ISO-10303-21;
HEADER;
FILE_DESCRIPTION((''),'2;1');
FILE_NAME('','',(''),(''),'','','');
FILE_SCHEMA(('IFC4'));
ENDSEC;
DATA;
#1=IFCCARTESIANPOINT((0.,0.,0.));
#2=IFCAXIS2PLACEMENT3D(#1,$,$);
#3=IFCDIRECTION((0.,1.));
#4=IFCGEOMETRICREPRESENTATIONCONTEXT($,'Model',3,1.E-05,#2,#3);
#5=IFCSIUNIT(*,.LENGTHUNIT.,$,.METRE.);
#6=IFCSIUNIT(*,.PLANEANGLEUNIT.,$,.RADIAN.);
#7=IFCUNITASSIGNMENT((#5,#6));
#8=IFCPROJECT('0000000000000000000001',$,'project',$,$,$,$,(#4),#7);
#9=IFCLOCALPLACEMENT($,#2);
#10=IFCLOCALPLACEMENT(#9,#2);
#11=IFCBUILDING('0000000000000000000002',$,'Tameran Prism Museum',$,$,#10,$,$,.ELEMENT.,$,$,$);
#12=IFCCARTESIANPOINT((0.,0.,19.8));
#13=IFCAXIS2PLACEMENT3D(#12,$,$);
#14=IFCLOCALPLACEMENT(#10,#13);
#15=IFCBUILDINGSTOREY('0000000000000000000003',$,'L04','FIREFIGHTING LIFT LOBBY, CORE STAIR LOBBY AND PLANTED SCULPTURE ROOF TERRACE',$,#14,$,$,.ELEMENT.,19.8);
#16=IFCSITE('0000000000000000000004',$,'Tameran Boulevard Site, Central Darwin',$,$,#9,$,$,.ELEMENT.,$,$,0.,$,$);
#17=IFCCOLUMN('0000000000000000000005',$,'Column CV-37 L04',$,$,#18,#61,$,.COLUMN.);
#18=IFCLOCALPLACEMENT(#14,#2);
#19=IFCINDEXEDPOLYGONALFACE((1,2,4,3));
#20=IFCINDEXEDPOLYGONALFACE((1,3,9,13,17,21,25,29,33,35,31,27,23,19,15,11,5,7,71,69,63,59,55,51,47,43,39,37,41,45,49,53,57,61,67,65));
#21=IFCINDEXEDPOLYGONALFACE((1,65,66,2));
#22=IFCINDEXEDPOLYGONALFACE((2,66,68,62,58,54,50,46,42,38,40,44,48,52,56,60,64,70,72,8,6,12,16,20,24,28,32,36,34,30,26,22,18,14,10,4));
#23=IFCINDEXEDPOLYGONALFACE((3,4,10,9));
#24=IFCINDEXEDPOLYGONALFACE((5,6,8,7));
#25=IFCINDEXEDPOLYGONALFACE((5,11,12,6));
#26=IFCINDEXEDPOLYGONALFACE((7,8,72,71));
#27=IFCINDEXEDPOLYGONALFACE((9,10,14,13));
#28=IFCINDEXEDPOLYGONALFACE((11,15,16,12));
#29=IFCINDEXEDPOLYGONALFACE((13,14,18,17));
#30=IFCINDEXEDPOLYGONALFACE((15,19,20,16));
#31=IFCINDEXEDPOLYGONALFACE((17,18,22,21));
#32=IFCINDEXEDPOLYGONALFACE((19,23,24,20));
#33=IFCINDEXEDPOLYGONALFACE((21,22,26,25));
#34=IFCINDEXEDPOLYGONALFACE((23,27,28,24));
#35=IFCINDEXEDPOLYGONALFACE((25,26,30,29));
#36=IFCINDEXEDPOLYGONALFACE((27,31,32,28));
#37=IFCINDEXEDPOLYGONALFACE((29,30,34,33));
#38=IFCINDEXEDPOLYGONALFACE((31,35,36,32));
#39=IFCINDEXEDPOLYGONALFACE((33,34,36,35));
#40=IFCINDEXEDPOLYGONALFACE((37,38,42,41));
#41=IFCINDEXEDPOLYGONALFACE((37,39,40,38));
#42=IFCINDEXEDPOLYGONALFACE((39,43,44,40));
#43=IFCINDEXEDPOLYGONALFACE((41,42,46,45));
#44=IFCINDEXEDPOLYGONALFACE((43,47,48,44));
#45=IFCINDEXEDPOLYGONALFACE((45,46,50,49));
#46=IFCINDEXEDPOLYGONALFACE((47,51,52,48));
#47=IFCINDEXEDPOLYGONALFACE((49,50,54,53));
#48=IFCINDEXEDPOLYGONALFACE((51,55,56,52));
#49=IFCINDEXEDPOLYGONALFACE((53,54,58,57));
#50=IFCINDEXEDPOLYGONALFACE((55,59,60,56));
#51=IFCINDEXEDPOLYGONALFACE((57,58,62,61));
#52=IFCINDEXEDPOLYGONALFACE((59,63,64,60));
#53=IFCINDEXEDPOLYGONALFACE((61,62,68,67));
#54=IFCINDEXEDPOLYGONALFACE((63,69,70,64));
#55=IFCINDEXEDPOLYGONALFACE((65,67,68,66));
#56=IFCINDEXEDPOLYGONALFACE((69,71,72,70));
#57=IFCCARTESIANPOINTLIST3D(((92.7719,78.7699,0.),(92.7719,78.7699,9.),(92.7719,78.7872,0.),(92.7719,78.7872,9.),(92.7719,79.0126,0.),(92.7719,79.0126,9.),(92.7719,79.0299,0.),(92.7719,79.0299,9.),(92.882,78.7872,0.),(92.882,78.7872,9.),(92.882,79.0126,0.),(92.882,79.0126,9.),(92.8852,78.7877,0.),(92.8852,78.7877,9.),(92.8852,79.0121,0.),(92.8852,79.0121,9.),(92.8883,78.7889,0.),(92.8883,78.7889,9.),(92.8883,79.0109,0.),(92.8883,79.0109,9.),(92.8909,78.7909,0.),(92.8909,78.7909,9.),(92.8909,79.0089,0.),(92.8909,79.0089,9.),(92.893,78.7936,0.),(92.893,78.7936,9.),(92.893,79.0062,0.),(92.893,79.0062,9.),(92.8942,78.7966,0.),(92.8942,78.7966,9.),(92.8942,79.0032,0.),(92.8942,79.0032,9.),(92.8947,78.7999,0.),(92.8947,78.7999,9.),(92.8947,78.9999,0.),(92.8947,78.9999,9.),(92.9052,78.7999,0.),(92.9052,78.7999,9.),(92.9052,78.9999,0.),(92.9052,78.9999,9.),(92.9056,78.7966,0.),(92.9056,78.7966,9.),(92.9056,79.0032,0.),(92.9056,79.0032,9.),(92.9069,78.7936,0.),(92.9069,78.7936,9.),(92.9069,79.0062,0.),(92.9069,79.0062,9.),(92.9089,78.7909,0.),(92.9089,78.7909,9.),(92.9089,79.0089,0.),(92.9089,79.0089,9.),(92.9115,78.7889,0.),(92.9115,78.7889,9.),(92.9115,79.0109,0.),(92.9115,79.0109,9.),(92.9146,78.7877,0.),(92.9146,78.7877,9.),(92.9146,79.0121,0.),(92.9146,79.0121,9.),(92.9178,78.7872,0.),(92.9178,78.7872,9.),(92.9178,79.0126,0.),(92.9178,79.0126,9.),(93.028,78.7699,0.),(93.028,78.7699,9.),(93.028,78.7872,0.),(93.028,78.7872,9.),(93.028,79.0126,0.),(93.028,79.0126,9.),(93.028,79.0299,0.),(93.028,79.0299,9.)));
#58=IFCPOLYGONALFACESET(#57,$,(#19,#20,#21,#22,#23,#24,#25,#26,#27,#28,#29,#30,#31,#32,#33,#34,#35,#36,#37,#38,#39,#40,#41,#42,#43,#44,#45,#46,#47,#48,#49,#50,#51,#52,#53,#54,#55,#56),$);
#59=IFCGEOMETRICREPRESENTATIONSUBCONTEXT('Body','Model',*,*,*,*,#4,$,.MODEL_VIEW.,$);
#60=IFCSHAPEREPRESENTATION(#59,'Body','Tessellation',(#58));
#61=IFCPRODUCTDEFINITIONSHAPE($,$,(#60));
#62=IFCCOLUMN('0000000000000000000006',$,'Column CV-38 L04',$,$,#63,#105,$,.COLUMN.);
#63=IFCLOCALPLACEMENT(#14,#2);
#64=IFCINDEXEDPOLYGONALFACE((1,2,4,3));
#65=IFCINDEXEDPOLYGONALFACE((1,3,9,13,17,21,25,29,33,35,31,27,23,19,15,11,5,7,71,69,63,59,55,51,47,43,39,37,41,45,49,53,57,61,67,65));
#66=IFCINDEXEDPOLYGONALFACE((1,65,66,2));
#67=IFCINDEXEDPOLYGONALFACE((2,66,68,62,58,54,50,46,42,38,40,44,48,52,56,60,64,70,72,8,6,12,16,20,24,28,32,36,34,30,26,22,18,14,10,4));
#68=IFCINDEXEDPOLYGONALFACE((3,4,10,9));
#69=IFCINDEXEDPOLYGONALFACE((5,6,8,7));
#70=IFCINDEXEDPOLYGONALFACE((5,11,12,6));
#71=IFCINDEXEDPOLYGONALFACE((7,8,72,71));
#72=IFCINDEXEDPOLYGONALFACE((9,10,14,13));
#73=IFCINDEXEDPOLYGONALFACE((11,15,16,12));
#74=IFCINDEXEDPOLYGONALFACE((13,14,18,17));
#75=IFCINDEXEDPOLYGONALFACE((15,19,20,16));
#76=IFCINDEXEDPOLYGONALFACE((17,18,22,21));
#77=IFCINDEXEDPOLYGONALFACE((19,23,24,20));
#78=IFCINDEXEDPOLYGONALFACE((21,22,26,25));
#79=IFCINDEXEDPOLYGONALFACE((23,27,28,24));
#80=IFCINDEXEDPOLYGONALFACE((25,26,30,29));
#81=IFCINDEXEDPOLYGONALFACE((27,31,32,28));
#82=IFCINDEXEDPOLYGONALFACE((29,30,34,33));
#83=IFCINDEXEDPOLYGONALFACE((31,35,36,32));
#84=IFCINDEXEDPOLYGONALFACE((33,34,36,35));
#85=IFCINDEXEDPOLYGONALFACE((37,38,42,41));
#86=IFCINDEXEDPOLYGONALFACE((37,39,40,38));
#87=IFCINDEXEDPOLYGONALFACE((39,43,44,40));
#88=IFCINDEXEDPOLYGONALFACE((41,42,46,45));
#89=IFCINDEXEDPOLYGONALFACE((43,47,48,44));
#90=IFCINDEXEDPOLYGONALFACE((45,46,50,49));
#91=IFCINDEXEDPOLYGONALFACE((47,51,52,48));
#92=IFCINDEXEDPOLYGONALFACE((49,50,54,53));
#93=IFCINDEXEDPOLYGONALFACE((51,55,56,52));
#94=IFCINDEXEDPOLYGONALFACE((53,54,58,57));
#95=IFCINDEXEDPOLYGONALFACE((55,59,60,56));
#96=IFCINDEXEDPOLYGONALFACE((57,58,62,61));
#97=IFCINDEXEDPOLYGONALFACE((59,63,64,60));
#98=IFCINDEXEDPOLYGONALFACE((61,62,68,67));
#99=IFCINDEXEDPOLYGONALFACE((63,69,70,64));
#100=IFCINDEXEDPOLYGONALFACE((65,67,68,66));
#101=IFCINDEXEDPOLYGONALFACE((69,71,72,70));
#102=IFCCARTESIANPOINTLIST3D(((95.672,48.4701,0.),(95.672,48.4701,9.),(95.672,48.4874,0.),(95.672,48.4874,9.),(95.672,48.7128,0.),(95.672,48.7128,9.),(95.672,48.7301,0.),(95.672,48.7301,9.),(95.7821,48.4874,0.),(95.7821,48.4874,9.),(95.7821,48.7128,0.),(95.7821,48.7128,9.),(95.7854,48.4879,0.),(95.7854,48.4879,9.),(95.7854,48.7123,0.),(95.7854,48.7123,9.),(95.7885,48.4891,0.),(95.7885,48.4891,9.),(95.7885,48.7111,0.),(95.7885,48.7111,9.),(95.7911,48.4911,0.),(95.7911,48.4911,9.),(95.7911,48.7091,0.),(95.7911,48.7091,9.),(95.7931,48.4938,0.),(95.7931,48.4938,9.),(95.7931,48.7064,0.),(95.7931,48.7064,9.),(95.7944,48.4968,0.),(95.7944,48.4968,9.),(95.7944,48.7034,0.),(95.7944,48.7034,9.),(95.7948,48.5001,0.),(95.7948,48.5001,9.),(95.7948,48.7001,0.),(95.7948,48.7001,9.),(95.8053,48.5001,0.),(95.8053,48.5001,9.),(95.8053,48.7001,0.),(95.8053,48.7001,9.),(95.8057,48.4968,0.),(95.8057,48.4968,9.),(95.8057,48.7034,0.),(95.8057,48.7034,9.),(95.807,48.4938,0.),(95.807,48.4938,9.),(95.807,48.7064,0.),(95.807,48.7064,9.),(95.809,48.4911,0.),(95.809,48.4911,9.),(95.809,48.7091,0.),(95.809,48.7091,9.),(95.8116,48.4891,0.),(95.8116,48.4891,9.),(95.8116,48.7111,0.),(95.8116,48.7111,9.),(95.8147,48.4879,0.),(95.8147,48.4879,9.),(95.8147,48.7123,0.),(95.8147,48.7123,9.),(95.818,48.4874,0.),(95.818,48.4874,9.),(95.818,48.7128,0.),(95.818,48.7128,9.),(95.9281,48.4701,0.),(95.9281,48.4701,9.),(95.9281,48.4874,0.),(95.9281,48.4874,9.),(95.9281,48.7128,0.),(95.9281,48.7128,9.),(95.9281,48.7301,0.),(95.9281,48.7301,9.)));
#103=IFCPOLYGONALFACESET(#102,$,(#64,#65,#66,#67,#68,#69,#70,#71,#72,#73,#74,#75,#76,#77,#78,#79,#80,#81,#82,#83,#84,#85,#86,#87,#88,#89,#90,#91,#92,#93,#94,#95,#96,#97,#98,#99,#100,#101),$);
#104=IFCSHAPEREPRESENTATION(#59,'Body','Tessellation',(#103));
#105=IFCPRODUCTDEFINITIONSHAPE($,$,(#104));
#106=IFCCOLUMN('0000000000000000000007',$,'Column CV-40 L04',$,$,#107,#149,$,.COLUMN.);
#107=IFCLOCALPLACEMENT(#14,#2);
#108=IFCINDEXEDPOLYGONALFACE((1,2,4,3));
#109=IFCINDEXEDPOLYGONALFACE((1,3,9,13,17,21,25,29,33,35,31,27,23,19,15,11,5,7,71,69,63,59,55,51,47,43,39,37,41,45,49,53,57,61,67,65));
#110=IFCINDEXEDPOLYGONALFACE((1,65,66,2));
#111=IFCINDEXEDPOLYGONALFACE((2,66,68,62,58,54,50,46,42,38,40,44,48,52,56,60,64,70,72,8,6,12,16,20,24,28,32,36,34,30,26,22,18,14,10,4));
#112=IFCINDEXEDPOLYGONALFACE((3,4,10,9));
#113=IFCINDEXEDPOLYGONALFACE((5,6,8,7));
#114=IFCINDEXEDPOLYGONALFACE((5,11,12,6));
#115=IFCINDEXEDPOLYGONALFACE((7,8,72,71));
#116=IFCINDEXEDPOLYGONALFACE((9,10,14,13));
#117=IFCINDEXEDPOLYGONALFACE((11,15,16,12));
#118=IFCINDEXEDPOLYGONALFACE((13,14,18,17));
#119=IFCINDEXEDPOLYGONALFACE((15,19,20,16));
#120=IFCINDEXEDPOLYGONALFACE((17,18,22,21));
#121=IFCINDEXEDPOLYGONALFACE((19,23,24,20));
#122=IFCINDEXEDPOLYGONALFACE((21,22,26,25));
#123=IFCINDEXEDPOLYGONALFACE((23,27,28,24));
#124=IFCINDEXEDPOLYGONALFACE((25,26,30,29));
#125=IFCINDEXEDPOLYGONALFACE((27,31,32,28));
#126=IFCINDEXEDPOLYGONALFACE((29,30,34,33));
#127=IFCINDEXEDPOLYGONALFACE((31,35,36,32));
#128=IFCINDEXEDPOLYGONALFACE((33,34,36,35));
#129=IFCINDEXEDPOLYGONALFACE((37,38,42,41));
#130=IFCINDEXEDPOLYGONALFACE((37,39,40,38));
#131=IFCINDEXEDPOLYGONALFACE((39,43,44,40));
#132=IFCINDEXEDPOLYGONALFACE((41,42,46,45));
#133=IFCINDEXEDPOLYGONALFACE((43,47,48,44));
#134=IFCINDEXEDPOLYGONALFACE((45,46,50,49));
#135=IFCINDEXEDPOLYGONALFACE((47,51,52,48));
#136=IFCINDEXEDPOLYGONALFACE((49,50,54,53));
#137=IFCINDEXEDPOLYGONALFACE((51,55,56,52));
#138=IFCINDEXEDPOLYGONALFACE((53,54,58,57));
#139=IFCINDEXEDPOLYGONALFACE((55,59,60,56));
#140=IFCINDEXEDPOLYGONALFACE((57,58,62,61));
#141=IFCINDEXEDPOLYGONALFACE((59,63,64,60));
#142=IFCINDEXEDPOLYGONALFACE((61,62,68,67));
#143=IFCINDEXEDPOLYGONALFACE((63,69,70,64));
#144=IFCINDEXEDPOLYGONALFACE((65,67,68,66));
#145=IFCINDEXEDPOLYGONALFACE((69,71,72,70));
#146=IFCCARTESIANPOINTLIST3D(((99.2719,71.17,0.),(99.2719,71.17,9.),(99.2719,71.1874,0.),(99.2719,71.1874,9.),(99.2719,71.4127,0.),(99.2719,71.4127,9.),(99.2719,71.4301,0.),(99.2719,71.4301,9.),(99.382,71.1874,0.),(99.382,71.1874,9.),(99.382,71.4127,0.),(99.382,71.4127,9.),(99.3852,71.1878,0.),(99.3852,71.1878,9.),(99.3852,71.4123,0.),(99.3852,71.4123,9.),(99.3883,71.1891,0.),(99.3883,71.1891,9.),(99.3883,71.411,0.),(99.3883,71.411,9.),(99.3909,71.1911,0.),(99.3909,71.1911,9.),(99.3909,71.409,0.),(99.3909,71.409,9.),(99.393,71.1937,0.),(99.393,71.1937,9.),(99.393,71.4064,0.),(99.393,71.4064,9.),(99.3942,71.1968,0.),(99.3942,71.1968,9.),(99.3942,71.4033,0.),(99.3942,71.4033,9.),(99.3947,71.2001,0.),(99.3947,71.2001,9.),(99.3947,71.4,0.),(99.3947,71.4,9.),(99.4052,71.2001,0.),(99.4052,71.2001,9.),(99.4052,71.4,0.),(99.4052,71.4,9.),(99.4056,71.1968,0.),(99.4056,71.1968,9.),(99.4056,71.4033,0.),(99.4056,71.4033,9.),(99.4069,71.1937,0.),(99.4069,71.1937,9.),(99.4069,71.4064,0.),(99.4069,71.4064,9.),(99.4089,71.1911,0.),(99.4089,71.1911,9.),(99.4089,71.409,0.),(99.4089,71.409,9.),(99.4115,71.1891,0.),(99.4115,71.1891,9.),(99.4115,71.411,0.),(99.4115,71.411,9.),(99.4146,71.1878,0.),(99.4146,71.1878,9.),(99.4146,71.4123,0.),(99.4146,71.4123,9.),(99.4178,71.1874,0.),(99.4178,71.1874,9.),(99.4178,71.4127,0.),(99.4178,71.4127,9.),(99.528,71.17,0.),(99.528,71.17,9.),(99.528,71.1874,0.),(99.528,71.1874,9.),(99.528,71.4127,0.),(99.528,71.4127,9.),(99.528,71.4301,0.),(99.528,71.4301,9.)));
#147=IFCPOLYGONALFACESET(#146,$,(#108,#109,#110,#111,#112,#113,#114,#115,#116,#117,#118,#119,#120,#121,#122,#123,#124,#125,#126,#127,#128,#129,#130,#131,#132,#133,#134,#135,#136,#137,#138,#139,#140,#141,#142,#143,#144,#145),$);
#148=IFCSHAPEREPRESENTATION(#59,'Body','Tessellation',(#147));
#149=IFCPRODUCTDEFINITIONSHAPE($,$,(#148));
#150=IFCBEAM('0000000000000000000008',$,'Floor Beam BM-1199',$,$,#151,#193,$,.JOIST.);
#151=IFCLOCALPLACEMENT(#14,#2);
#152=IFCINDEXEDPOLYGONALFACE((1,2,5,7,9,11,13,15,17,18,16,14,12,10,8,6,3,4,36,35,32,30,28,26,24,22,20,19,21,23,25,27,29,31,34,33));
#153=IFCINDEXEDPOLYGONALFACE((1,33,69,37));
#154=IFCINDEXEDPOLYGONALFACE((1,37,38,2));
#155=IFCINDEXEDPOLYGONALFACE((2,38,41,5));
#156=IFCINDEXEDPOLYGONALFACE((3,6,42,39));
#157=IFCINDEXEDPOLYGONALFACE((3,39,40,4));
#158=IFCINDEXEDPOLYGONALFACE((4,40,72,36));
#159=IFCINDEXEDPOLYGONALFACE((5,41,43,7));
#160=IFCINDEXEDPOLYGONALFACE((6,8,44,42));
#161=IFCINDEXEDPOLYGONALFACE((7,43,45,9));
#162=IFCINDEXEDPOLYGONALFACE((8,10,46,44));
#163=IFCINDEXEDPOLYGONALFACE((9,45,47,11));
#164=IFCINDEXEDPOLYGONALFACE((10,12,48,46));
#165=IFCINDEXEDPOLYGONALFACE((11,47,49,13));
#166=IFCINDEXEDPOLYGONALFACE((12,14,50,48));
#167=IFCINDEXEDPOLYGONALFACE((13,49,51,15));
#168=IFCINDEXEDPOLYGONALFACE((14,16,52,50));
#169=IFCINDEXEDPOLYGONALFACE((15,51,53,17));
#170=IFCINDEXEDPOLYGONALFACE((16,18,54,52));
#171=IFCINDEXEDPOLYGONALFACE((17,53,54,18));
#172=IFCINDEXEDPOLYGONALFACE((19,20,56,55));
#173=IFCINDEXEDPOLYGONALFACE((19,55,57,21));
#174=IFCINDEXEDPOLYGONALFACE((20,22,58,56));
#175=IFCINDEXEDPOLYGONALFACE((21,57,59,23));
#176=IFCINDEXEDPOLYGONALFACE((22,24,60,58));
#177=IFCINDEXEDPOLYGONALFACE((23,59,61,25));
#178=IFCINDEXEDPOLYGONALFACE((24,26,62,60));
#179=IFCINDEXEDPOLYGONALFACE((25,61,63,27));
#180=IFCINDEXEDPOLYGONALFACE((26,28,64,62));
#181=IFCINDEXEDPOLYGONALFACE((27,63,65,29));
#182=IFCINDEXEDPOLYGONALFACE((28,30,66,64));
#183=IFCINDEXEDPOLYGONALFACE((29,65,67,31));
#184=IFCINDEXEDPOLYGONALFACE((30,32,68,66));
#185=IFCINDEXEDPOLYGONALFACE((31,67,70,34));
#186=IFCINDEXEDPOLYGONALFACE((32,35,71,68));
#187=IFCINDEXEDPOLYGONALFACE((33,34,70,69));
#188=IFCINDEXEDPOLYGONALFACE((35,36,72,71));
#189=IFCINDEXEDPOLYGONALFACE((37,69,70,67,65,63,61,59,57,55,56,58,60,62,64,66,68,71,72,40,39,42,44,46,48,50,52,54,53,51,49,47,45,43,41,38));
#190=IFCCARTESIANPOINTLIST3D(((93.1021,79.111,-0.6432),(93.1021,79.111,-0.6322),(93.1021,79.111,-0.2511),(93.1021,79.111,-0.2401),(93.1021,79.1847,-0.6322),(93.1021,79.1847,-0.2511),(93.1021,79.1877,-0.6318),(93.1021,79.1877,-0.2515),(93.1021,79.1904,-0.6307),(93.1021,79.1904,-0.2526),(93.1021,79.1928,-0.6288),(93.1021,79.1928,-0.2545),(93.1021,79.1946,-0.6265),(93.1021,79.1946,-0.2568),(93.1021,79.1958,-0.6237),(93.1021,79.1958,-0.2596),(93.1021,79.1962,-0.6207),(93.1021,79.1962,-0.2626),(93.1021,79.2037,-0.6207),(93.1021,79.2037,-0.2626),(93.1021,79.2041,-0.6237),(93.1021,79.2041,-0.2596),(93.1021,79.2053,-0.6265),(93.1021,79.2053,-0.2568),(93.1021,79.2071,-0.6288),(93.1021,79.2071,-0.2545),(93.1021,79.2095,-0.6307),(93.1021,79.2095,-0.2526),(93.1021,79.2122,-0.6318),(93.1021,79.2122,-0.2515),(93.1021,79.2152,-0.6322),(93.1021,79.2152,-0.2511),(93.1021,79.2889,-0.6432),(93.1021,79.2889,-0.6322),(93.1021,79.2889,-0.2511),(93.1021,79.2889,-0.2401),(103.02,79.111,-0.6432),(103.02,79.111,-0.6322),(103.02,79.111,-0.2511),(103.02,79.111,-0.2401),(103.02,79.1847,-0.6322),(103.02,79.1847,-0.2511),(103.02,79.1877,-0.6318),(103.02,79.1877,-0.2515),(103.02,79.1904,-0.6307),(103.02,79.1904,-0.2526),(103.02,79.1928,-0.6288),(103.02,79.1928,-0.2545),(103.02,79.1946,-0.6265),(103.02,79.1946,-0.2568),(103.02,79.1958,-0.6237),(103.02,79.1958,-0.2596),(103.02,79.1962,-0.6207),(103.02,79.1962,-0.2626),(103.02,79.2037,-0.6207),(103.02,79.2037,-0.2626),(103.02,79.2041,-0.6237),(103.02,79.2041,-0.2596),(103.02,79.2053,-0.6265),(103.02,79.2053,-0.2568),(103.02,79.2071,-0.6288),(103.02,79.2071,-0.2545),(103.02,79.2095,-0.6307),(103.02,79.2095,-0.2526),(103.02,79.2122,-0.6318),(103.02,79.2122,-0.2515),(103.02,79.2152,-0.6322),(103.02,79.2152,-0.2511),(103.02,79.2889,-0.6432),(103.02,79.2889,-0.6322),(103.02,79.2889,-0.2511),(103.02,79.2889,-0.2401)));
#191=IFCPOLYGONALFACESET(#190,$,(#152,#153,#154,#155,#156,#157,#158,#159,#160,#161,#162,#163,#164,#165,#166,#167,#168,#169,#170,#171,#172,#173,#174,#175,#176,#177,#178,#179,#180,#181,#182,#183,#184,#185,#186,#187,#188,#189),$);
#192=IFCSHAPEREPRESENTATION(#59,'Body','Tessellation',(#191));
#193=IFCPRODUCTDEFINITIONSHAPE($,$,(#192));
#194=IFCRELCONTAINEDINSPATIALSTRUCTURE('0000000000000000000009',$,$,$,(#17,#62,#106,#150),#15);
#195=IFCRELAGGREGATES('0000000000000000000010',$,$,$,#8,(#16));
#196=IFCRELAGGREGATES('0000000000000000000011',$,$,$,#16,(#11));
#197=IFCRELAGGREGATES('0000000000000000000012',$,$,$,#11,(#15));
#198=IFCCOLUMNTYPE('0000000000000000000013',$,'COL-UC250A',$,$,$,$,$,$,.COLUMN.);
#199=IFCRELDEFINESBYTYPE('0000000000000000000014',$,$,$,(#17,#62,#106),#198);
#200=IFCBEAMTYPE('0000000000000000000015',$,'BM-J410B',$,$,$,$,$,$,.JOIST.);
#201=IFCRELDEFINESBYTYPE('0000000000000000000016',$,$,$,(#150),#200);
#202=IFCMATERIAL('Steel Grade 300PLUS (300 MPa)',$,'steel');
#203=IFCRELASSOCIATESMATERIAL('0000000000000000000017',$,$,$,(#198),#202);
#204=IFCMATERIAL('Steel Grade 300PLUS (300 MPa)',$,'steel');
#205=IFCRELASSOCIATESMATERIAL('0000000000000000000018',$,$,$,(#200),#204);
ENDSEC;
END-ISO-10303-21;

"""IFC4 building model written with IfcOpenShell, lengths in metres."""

from ifc_helpers import new_model, si_unit, direction, frame, origin, origin_2d, place, context, subcontext, project, spatial, i_section, extrude, material, material_profile, profile_set, type_object, element, save


model = new_model("IFC4")

# Units and contexts
model_context = context("Model", 3, precision=1e-05, world=origin(), true_north=direction((0.0, 1.0)))
body_context = subcontext(model_context, "Body", "Model", "MODEL_VIEW")
ifc_project = project(units=[si_unit("LENGTHUNIT", "METRE"), si_unit("PLANEANGLEUNIT", "RADIAN")], contexts=[model_context])

# Site, building, storey
site_placement = place(None, origin())
site = spatial("IfcSite", under=ifc_project, at=site_placement, Name="Tameran Boulevard Site, Central Darwin", CompositionType="ELEMENT", RefElevation=0.0)
building_placement = place(site_placement, origin())
building = spatial("IfcBuilding", under=site, at=building_placement, Name="Tameran Prism Museum", CompositionType="ELEMENT")
storey_placement = place(building_placement, frame((0.0, 0.0, 19.8)))
storey = spatial("IfcBuildingStorey", under=building, at=storey_placement, Name="L04", Description="FIREFIGHTING LIFT LOBBY, CORE STAIR LOBBY AND PLANTED SCULPTURE ROOF TERRACE", CompositionType="ELEMENT", Elevation=19.8)

# Columns
ifc_material_1 = material(Name="Steel Grade 300PLUS (300 MPa)", Category="steel")
ifc_material_profile_1 = material_profile(ifc_material_1, i_section(OverallWidth=0.2561, OverallDepth=0.26, WebThickness=0.0105, FlangeThickness=0.0173, FilletRadius=0.0127, at=origin_2d()))
ifc_profile_set_1 = profile_set([ifc_material_profile_1])
column_type = type_object("IfcColumnType", Name="COL-UC250A", PredefinedType="COLUMN", material=ifc_profile_set_1)
for number, where, z_axis, x_axis, name in (
    (1, (92.8999, 78.8999, 0.0), (0.0, 0.0, 1.0), (1.0, 0.0, 0.0), "Column CV-37 L04"),
    (2, (95.8, 48.6001, 0.0), (0.0, 0.0, 1.0), (1.0, 0.0, 0.0), "Column CV-38 L04"),
    (3, (99.3999, 71.3, 0.0), (0.0, 0.0, 1.0), (1.0, 0.0, 0.0), "Column CV-40 L04"),
):
    element("IfcColumn", number, at=place(storey_placement, frame(where, z_axis=z_axis, x_axis=x_axis)), inside=storey, type_object=column_type, Name=name, PredefinedType="COLUMN", context=body_context, shape_type="SweptSolid", body=[
        extrude(i_section(OverallWidth=0.2561, OverallDepth=0.26, WebThickness=0.0105, FlangeThickness=0.0173, FilletRadius=0.0127, at=origin_2d()), origin(), (0.0, 0.0, 1.0), 9.0),
    ])

# Beam
ifc_material_2 = material(Name="Steel Grade 300PLUS (300 MPa)", Category="steel")
ifc_material_profile_2 = material_profile(ifc_material_2, i_section(OverallWidth=0.178, OverallDepth=0.4031, WebThickness=0.0076, FlangeThickness=0.011, FilletRadius=0.0115, at=origin_2d()))
ifc_profile_set_2 = profile_set([ifc_material_profile_2])
beam_type_1 = type_object("IfcBeamType", Name="BM-J410B", PredefinedType="JOIST", material=ifc_profile_set_2)
beam_1_placement = place(storey_placement, frame((93.1021, 79.2, -0.4417), z_axis=(1.0, 0.0, 0.0), x_axis=(0.0, 1.0, 0.0)))
element("IfcBeam", 4, at=beam_1_placement, inside=storey, type_object=beam_type_1, Name="Floor Beam BM-1199", PredefinedType="JOIST", context=body_context, shape_type="SweptSolid", body=[
    extrude(i_section(OverallWidth=0.178, OverallDepth=0.4031, WebThickness=0.0076, FlangeThickness=0.011, FilletRadius=0.0115, at=origin_2d()), origin(), (0.0, 0.0, 1.0), 9.918),
])

save(model, "model.ifc")
